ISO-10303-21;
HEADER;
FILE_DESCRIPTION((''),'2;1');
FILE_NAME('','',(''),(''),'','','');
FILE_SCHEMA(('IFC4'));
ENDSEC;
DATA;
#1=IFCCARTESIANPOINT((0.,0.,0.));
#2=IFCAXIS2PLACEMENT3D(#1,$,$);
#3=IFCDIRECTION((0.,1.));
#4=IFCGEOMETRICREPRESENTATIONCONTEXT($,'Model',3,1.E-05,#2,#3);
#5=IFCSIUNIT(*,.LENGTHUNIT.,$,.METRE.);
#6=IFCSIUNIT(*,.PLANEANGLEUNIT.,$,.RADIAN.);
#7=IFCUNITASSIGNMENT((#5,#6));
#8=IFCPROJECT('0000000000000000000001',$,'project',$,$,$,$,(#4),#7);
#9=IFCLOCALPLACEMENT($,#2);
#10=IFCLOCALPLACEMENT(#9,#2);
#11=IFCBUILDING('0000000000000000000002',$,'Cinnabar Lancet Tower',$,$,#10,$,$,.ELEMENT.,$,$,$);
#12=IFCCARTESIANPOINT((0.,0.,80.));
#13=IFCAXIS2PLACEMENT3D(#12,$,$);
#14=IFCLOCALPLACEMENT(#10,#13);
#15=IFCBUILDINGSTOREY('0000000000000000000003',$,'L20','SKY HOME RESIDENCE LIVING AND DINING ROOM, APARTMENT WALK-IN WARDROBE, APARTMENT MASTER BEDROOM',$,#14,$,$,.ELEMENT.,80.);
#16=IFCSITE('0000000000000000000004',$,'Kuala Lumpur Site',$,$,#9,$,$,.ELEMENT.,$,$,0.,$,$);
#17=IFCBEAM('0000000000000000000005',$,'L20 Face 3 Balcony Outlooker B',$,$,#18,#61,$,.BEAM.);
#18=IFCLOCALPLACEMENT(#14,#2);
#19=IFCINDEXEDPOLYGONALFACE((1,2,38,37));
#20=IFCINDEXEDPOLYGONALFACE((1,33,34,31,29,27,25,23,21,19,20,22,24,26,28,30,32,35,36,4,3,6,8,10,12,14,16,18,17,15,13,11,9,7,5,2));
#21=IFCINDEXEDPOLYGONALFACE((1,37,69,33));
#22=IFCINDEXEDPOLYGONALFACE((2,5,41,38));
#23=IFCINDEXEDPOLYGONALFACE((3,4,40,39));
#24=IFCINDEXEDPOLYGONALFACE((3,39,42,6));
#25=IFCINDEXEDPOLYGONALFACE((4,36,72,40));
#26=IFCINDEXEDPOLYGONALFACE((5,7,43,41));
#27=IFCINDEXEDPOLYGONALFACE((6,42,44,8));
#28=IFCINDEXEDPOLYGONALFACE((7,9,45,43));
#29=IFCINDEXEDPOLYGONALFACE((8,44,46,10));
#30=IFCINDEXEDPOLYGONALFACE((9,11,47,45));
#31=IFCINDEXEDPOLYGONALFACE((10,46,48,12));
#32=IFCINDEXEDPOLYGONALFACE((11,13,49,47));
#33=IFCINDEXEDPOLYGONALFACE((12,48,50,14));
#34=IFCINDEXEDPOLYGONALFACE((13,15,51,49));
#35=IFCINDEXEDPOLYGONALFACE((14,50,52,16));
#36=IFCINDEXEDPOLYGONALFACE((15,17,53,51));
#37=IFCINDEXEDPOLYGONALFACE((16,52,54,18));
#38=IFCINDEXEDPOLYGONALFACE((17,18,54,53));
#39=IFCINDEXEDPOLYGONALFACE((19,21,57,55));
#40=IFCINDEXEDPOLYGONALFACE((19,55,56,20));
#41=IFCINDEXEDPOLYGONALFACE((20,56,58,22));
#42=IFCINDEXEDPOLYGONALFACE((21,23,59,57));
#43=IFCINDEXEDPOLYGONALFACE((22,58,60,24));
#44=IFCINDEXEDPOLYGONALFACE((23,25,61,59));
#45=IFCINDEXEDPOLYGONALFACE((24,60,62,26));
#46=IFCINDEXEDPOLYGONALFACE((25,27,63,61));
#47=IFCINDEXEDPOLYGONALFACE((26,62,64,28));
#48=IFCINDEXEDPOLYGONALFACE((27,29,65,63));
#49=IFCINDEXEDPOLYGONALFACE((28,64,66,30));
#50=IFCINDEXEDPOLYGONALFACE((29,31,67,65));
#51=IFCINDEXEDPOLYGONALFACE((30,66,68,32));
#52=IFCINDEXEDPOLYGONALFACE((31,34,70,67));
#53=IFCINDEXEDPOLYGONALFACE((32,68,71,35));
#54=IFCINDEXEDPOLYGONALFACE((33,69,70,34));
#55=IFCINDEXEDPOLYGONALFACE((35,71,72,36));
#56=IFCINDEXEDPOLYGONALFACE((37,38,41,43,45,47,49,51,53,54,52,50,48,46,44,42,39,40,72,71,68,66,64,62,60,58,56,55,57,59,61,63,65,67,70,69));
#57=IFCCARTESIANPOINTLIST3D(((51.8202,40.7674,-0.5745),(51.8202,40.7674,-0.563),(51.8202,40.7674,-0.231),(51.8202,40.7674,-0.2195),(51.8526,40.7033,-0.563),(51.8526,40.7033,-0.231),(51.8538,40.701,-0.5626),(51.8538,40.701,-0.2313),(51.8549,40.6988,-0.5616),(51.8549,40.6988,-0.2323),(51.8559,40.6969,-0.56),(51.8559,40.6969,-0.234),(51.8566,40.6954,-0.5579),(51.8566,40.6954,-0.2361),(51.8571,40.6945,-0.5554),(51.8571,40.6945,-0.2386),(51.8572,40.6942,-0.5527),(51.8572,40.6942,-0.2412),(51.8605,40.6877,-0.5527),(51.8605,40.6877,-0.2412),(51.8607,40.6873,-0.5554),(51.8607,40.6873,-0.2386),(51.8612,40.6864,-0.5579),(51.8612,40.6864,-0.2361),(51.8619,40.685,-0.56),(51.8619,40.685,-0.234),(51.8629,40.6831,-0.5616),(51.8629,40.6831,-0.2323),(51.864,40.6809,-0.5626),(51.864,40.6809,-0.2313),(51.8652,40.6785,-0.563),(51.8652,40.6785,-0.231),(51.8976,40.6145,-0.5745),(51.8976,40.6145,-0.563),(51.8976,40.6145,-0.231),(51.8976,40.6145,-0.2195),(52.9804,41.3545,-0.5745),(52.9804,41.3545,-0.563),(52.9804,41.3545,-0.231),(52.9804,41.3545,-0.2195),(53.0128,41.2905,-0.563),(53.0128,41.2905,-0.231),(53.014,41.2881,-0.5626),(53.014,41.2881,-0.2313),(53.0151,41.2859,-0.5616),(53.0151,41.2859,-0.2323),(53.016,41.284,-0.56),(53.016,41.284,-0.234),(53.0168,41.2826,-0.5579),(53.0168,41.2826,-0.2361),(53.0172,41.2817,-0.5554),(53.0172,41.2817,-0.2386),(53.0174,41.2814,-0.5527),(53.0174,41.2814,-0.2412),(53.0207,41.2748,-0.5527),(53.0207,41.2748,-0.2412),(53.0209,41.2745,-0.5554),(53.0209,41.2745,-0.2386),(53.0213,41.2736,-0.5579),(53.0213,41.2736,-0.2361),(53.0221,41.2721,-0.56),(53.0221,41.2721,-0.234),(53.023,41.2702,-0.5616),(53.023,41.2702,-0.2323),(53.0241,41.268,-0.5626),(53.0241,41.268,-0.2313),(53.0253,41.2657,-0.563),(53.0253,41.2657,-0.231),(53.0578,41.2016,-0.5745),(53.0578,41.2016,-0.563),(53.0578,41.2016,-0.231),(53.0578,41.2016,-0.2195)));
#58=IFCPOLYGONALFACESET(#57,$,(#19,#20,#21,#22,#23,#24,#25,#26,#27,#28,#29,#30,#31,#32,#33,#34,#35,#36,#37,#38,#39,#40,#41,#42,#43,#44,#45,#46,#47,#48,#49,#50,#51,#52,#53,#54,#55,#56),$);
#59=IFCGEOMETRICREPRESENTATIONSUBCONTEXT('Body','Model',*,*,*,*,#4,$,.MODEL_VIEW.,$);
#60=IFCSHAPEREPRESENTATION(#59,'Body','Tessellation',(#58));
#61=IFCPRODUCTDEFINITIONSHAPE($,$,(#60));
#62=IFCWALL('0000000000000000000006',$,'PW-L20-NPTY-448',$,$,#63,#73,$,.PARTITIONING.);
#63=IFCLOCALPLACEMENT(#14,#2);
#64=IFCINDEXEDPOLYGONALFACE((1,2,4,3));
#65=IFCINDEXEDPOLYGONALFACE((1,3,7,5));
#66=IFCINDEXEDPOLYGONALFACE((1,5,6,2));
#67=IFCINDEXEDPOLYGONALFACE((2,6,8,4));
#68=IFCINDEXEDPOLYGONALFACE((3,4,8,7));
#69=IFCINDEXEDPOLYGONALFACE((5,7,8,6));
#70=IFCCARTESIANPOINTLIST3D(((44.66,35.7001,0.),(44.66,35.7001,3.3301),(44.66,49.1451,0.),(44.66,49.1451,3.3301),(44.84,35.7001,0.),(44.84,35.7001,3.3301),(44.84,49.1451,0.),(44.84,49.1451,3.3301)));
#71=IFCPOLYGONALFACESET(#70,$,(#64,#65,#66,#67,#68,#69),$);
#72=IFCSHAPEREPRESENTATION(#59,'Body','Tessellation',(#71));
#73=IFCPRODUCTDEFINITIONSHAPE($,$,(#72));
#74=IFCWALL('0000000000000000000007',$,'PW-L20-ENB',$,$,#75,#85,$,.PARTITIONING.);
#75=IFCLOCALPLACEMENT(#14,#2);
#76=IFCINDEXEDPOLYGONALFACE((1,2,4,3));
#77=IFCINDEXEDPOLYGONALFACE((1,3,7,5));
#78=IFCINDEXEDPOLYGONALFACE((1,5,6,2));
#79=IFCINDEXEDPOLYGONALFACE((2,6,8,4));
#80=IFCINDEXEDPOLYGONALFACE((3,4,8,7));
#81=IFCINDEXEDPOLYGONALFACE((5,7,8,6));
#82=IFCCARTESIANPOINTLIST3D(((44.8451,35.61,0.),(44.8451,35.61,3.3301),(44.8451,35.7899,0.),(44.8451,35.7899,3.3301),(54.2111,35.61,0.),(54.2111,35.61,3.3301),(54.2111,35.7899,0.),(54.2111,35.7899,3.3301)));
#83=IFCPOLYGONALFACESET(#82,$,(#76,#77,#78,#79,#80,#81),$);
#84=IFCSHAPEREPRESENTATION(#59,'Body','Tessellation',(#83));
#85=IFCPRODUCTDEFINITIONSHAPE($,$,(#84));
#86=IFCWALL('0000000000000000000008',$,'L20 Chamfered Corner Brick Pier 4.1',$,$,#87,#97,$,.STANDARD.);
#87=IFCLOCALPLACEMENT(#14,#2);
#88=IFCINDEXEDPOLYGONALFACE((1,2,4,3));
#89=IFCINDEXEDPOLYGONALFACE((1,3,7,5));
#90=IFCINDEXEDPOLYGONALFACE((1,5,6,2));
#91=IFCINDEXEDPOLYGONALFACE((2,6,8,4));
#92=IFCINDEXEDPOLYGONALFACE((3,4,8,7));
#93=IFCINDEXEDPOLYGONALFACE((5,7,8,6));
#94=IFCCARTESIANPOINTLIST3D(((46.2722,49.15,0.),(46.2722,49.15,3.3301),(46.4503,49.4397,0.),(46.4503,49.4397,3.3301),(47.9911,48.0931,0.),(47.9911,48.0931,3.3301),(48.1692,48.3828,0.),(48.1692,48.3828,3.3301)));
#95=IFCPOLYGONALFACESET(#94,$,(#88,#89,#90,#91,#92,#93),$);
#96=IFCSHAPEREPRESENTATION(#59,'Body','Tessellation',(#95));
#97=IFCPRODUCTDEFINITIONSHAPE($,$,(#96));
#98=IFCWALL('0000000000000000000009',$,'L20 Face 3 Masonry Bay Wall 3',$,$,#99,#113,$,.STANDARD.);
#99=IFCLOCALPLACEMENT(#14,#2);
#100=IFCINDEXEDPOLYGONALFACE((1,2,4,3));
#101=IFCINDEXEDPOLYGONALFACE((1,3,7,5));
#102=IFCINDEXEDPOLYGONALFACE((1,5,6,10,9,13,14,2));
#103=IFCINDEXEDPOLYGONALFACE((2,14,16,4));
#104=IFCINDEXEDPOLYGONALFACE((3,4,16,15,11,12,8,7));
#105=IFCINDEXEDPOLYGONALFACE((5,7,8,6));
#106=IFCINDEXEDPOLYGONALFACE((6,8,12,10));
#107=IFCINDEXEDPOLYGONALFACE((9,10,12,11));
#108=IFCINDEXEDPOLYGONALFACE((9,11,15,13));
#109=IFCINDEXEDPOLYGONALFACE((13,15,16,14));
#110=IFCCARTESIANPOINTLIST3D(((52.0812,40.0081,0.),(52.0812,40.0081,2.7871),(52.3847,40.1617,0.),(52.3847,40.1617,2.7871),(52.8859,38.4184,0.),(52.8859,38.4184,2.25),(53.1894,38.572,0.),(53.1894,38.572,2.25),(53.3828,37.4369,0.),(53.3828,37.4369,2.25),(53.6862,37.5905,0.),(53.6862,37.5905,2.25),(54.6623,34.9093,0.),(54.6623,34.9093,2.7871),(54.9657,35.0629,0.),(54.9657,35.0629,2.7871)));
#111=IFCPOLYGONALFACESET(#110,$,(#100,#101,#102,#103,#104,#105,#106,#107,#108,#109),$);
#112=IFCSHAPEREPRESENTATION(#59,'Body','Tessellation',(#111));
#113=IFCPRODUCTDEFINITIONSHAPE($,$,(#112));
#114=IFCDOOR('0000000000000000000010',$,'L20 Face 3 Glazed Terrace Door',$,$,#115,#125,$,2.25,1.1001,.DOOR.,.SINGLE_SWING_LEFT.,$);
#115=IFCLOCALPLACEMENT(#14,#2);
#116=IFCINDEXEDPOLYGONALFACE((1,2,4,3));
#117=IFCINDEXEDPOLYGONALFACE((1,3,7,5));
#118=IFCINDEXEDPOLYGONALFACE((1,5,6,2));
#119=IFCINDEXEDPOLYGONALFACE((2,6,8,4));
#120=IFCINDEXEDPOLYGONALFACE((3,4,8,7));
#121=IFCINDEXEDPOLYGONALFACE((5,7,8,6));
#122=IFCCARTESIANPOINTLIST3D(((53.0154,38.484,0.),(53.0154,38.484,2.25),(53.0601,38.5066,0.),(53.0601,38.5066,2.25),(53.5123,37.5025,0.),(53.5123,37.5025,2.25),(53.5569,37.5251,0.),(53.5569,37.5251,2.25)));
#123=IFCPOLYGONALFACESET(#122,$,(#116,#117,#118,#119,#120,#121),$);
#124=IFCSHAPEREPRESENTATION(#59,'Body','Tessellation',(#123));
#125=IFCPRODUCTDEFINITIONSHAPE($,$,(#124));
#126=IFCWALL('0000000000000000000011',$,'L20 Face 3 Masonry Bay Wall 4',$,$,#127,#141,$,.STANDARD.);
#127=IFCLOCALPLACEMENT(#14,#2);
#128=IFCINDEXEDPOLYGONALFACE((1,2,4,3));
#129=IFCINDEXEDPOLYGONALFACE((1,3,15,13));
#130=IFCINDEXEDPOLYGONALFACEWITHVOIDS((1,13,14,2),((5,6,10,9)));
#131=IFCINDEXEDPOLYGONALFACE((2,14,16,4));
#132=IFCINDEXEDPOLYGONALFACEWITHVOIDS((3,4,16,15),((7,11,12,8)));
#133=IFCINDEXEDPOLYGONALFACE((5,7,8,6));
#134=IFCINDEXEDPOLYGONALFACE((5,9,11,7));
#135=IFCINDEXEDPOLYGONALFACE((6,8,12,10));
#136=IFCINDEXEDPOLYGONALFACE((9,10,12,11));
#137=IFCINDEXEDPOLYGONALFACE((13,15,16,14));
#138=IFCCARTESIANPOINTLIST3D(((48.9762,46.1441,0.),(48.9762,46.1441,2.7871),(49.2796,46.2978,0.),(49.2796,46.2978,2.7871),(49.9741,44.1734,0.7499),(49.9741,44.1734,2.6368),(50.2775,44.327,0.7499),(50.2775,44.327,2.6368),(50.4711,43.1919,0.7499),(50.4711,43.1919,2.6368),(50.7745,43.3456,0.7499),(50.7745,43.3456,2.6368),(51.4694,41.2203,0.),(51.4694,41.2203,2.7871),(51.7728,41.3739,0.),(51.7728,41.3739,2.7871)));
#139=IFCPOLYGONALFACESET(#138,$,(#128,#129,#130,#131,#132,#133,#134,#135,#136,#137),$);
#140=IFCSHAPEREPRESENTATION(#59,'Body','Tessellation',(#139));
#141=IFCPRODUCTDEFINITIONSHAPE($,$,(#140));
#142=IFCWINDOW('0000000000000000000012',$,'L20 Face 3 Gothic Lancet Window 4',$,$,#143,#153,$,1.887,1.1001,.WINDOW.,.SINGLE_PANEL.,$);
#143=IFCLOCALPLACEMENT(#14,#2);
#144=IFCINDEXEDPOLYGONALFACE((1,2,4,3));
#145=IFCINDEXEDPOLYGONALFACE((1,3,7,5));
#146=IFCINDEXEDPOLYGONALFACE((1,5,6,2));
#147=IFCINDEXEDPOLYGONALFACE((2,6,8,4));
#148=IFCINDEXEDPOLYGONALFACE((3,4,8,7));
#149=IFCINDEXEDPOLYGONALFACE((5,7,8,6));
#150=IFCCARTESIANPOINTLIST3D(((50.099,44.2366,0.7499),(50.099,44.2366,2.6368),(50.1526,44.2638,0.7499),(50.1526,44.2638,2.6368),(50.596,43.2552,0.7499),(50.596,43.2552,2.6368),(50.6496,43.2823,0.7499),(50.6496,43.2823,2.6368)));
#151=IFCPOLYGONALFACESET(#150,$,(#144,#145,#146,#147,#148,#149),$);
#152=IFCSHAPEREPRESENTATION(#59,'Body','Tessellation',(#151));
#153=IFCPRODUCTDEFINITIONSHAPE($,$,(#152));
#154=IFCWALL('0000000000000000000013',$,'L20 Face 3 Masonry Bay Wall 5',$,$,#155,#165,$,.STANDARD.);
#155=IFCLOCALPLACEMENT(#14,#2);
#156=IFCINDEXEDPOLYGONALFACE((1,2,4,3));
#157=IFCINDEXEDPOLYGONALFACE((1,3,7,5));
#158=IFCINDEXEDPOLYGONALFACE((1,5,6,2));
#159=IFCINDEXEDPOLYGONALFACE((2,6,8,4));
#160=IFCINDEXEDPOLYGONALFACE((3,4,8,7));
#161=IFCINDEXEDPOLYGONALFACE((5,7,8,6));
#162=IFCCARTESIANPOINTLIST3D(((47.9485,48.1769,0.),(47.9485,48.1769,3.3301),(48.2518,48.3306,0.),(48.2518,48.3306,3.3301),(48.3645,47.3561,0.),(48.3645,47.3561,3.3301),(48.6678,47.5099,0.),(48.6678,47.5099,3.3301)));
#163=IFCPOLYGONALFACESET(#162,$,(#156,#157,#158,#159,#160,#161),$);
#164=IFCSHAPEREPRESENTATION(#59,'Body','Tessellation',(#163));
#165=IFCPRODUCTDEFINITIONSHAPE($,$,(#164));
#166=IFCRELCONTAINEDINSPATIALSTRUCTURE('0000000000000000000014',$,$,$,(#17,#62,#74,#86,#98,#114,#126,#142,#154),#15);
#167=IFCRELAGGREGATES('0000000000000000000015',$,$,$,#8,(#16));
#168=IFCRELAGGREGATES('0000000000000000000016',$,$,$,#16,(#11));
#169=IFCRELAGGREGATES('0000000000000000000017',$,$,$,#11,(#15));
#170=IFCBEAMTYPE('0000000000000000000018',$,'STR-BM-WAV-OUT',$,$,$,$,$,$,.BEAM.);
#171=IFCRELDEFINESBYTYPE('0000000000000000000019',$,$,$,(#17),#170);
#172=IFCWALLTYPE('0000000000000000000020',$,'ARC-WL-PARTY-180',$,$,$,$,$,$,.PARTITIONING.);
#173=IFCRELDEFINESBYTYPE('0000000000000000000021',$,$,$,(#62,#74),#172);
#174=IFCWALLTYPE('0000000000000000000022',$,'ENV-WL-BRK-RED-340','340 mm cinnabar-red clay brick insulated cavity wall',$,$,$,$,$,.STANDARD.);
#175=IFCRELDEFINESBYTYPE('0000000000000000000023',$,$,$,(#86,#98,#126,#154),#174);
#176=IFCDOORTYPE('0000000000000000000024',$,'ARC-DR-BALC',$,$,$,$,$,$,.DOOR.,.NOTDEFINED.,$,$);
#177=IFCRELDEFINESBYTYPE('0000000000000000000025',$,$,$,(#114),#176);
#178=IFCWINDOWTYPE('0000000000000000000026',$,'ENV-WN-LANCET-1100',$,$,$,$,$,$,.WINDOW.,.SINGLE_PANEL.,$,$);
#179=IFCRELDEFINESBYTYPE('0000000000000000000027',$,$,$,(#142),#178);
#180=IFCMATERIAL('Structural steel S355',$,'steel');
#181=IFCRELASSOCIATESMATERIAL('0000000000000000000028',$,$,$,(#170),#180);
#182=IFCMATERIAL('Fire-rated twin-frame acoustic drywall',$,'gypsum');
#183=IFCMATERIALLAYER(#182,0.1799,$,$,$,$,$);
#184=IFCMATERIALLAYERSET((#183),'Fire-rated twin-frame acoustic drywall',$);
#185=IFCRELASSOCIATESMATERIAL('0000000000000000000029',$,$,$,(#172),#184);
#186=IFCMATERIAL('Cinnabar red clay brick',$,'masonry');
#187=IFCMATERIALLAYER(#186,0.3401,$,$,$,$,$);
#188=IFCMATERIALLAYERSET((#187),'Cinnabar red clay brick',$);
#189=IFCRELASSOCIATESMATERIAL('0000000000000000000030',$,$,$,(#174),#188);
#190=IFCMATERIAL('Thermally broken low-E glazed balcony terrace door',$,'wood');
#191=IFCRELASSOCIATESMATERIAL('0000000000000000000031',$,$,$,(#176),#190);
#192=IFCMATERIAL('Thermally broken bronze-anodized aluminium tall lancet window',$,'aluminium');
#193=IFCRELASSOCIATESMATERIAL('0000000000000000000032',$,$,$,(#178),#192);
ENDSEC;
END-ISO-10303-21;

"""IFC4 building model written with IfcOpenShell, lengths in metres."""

from ifc_helpers import new_model, si_unit, direction, frame, frame_2d, origin, origin_2d, place, context, subcontext, project, spatial, rectangle, i_section, extrude, material, layer, layer_set, material_profile, profile_set, type_object, element, fill, save


model = new_model("IFC4")

# Units and contexts
model_context = context("Model", 3, precision=1e-05, world=origin(), true_north=direction((0.0, 1.0)))
body_context = subcontext(model_context, "Body", "Model", "MODEL_VIEW")
ifc_project = project(units=[si_unit("LENGTHUNIT", "METRE"), si_unit("PLANEANGLEUNIT", "RADIAN")], contexts=[model_context])

# Site, building, storey
site_placement = place(None, origin())
site = spatial("IfcSite", under=ifc_project, at=site_placement, Name="Kuala Lumpur Site", CompositionType="ELEMENT", RefElevation=0.0)
building_placement = place(site_placement, origin())
building = spatial("IfcBuilding", under=site, at=building_placement, Name="Cinnabar Lancet Tower", CompositionType="ELEMENT")
storey_placement = place(building_placement, frame((0.0, 0.0, 80.0)))
storey = spatial("IfcBuildingStorey", under=building, at=storey_placement, Name="L20", Description="SKY HOME RESIDENCE LIVING AND DINING ROOM, APARTMENT WALK-IN WARDROBE, APARTMENT MASTER BEDROOM", CompositionType="ELEMENT", Elevation=80.0)

# Beam
ifc_material_1 = material(Name="Structural steel S355", Category="steel")
ifc_material_profile_1 = material_profile(ifc_material_1, i_section(OverallWidth=0.1714, OverallDepth=0.355, WebThickness=0.0073, FlangeThickness=0.0115, FilletRadius=0.0103, at=origin_2d()), Name="UKB 356x171x51")
ifc_profile_set_1 = profile_set([ifc_material_profile_1], Name="Structural steel S355")
beam_type_1 = type_object("IfcBeamType", Name="STR-BM-WAV-OUT", PredefinedType="BEAM", material=ifc_profile_set_1)
beam_1_placement = place(storey_placement, frame((51.8589, 40.6909, -0.397), z_axis=(0.892239, 0.451564, 0.0), x_axis=(-0.451564, 0.892239, 0.0)))
element("IfcBeam", 1, at=beam_1_placement, inside=storey, type_object=beam_type_1, Name="L20 Face 3 Balcony Outlooker B", PredefinedType="BEAM", context=body_context, shape_type="SweptSolid", body=[
    extrude(i_section(OverallWidth=0.1714, OverallDepth=0.355, WebThickness=0.0073, FlangeThickness=0.0115, FilletRadius=0.0103, at=origin_2d()), origin(), (0.0, 0.0, 1.0), 1.3003),
])

# Walls
ifc_material_2 = material(Name="Fire-rated twin-frame acoustic drywall", Category="gypsum")
ifc_layer_1 = layer(ifc_material_2, 0.1799)
ifc_layer_set_1 = layer_set([ifc_layer_1], Name="Fire-rated twin-frame acoustic drywall")
wall_type_1 = type_object("IfcWallType", Name="ARC-WL-PARTY-180", PredefinedType="PARTITIONING", material=ifc_layer_set_1)
wall_1_placement = place(storey_placement, frame((44.75, 35.7, 0.0), z_axis=(0.0, 0.0, 1.0), x_axis=(0.0, 1.0, 0.0)))
element("IfcWall", 2, at=wall_1_placement, inside=storey, type_object=wall_type_1, Name="PW-L20-NPTY-448", PredefinedType="PARTITIONING", context=body_context, shape_type="SweptSolid", body=[
    extrude(rectangle(XDim=13.4451, YDim=0.1799, at=frame_2d((6.7227, 0.0))), origin(), (0.0, 0.0, 1.0), 3.3301),
])
wall_2_placement = place(storey_placement, frame((44.845, 35.7, 0.0), z_axis=(0.0, 0.0, 1.0), x_axis=(1.0, 0.0, 0.0)))
element("IfcWall", 3, at=wall_2_placement, inside=storey, type_object=wall_type_1, Name="PW-L20-ENB", PredefinedType="PARTITIONING", context=body_context, shape_type="SweptSolid", body=[
    extrude(rectangle(XDim=9.366, YDim=0.1799, at=frame_2d((4.6831, 0.0))), origin(), (0.0, 0.0, 1.0), 3.3301),
])
ifc_material_3 = material(Name="Cinnabar red clay brick", Category="masonry")
ifc_layer_2 = layer(ifc_material_3, 0.3401)
ifc_layer_set_2 = layer_set([ifc_layer_2], Name="Cinnabar red clay brick")
wall_type_2 = type_object("IfcWallType", Name="ENV-WL-BRK-RED-340", Description="340 mm cinnabar-red clay brick insulated cavity wall", PredefinedType="STANDARD", material=ifc_layer_set_2)
wall_3_placement = place(storey_placement, frame((48.0801, 48.238, 0.0), z_axis=(0.0, 0.0, 1.0), x_axis=(-0.85187, 0.523753, 0.0)))
element("IfcWall", 4, at=wall_3_placement, inside=storey, type_object=wall_type_2, Name="L20 Chamfered Corner Brick Pier 4.1", PredefinedType="STANDARD", context=body_context, shape_type="SweptSolid", body=[
    extrude(rectangle(XDim=2.0178, YDim=0.3401, at=frame_2d((1.0088, 0.0))), origin(), (0.0, 0.0, 1.0), 3.3301),
])

# Wall, opening, door
wall_4_placement = place(storey_placement, frame((54.814, 34.9861, 0.0), z_axis=(0.0, 0.0, 1.0), x_axis=(-0.451634, 0.892203, 0.0)))
wall_4 = element("IfcWall", 5, at=wall_4_placement, inside=storey, type_object=wall_type_2, Name="L20 Face 3 Masonry Bay Wall 3", PredefinedType="STANDARD", context=body_context, shape_type="SweptSolid", body=[
    extrude(rectangle(XDim=5.7148, YDim=0.3401, at=frame_2d((2.8574, 0.0))), origin(), (0.0, 0.0, 1.0), 2.7871),
])
opening_1_placement = place(wall_4_placement, frame((2.833, 0.0, 0.0)))
opening_1 = element("IfcOpeningElement", 6, at=opening_1_placement, cuts=wall_4, PredefinedType="OPENING", context=body_context, shape_type="SweptSolid", body=[
    extrude(rectangle(XDim=1.1001, YDim=2.25, at=frame_2d((0.55, 1.125))), frame((0.0, 0.1799, 0.0), z_axis=(0.0, -1.0, 0.0), x_axis=(1.0, 0.0, 0.0)), (0.0, 0.0, 1.0), 0.3601),
])
ifc_material_4 = material(Name="Thermally broken low-E glazed balcony terrace door", Category="wood")
door_type = type_object("IfcDoorType", Name="ARC-DR-BALC", OperationType="NOTDEFINED", PredefinedType="DOOR", material=ifc_material_4)
door_placement = place(opening_1_placement, origin())
door = element("IfcDoor", 7, at=door_placement, inside=storey, type_object=door_type, Name="L20 Face 3 Glazed Terrace Door", OperationType="SINGLE_SWING_LEFT", OverallHeight=2.25, OverallWidth=1.1001, PredefinedType="DOOR", context=body_context, shape_type="SweptSolid", body=[
    extrude(rectangle(XDim=1.1001, YDim=2.25, at=frame_2d((0.55, 1.125))), frame((0.0, 0.0249, 0.0), z_axis=(0.0, -1.0, 0.0), x_axis=(1.0, 0.0, 0.0)), (0.0, 0.0, 1.0), 0.05),
])
fill(opening_1, door)

# Wall, opening, window
wall_5_placement = place(storey_placement, frame((51.6211, 41.2971, 0.0), z_axis=(0.0, 0.0, 1.0), x_axis=(-0.451738, 0.892151, 0.0)))
wall_5 = element("IfcWall", 8, at=wall_5_placement, inside=storey, type_object=wall_type_2, Name="L20 Face 3 Masonry Bay Wall 4", PredefinedType="STANDARD", context=body_context, shape_type="SweptSolid", body=[
    extrude(rectangle(XDim=5.519, YDim=0.3401, at=frame_2d((2.7595, 0.0))), origin(), (0.0, 0.0, 1.0), 2.7871),
])
opening_2_placement = place(wall_5_placement, frame((2.21, 0.0, 0.75)))
opening_2 = element("IfcOpeningElement", 9, at=opening_2_placement, cuts=wall_5, PredefinedType="OPENING", context=body_context, shape_type="SweptSolid", body=[
    extrude(rectangle(XDim=1.1001, YDim=1.887, at=frame_2d((0.55, 0.9434))), frame((0.0, 0.1799, 0.0), z_axis=(0.0, -1.0, 0.0), x_axis=(1.0, 0.0, 0.0)), (0.0, 0.0, 1.0), 0.3601),
])
ifc_material_5 = material(Name="Thermally broken bronze-anodized aluminium tall lancet window", Category="aluminium")
window_type = type_object("IfcWindowType", Name="ENV-WN-LANCET-1100", PartitioningType="SINGLE_PANEL", PredefinedType="WINDOW", material=ifc_material_5)
window_1_placement = place(opening_2_placement, origin())
window_1 = element("IfcWindow", 10, at=window_1_placement, inside=storey, type_object=window_type, Name="L20 Face 3 Gothic Lancet Window 4", OverallHeight=1.887, OverallWidth=1.1001, PartitioningType="SINGLE_PANEL", PredefinedType="WINDOW", context=body_context, shape_type="SweptSolid", body=[
    extrude(rectangle(XDim=1.1001, YDim=1.887, at=frame_2d((0.55, 0.9434))), frame((0.0, 0.03, 0.0), z_axis=(0.0, -1.0, 0.0), x_axis=(1.0, 0.0, 0.0)), (0.0, 0.0, 1.0), 0.0601),
])
fill(opening_2, window_1)

# Wall
wall_6_placement = place(storey_placement, frame((48.5161, 47.4331, 0.0), z_axis=(0.0, 0.0, 1.0), x_axis=(-0.452089, 0.891973, 0.0)))
element("IfcWall", 11, at=wall_6_placement, inside=storey, type_object=wall_type_2, Name="L20 Face 3 Masonry Bay Wall 5", PredefinedType="STANDARD", context=body_context, shape_type="SweptSolid", body=[
    extrude(rectangle(XDim=0.9202, YDim=0.3401, at=frame_2d((0.46, 0.0))), origin(), (0.0, 0.0, 1.0), 3.3301),
])

save(model, "model.ifc")
